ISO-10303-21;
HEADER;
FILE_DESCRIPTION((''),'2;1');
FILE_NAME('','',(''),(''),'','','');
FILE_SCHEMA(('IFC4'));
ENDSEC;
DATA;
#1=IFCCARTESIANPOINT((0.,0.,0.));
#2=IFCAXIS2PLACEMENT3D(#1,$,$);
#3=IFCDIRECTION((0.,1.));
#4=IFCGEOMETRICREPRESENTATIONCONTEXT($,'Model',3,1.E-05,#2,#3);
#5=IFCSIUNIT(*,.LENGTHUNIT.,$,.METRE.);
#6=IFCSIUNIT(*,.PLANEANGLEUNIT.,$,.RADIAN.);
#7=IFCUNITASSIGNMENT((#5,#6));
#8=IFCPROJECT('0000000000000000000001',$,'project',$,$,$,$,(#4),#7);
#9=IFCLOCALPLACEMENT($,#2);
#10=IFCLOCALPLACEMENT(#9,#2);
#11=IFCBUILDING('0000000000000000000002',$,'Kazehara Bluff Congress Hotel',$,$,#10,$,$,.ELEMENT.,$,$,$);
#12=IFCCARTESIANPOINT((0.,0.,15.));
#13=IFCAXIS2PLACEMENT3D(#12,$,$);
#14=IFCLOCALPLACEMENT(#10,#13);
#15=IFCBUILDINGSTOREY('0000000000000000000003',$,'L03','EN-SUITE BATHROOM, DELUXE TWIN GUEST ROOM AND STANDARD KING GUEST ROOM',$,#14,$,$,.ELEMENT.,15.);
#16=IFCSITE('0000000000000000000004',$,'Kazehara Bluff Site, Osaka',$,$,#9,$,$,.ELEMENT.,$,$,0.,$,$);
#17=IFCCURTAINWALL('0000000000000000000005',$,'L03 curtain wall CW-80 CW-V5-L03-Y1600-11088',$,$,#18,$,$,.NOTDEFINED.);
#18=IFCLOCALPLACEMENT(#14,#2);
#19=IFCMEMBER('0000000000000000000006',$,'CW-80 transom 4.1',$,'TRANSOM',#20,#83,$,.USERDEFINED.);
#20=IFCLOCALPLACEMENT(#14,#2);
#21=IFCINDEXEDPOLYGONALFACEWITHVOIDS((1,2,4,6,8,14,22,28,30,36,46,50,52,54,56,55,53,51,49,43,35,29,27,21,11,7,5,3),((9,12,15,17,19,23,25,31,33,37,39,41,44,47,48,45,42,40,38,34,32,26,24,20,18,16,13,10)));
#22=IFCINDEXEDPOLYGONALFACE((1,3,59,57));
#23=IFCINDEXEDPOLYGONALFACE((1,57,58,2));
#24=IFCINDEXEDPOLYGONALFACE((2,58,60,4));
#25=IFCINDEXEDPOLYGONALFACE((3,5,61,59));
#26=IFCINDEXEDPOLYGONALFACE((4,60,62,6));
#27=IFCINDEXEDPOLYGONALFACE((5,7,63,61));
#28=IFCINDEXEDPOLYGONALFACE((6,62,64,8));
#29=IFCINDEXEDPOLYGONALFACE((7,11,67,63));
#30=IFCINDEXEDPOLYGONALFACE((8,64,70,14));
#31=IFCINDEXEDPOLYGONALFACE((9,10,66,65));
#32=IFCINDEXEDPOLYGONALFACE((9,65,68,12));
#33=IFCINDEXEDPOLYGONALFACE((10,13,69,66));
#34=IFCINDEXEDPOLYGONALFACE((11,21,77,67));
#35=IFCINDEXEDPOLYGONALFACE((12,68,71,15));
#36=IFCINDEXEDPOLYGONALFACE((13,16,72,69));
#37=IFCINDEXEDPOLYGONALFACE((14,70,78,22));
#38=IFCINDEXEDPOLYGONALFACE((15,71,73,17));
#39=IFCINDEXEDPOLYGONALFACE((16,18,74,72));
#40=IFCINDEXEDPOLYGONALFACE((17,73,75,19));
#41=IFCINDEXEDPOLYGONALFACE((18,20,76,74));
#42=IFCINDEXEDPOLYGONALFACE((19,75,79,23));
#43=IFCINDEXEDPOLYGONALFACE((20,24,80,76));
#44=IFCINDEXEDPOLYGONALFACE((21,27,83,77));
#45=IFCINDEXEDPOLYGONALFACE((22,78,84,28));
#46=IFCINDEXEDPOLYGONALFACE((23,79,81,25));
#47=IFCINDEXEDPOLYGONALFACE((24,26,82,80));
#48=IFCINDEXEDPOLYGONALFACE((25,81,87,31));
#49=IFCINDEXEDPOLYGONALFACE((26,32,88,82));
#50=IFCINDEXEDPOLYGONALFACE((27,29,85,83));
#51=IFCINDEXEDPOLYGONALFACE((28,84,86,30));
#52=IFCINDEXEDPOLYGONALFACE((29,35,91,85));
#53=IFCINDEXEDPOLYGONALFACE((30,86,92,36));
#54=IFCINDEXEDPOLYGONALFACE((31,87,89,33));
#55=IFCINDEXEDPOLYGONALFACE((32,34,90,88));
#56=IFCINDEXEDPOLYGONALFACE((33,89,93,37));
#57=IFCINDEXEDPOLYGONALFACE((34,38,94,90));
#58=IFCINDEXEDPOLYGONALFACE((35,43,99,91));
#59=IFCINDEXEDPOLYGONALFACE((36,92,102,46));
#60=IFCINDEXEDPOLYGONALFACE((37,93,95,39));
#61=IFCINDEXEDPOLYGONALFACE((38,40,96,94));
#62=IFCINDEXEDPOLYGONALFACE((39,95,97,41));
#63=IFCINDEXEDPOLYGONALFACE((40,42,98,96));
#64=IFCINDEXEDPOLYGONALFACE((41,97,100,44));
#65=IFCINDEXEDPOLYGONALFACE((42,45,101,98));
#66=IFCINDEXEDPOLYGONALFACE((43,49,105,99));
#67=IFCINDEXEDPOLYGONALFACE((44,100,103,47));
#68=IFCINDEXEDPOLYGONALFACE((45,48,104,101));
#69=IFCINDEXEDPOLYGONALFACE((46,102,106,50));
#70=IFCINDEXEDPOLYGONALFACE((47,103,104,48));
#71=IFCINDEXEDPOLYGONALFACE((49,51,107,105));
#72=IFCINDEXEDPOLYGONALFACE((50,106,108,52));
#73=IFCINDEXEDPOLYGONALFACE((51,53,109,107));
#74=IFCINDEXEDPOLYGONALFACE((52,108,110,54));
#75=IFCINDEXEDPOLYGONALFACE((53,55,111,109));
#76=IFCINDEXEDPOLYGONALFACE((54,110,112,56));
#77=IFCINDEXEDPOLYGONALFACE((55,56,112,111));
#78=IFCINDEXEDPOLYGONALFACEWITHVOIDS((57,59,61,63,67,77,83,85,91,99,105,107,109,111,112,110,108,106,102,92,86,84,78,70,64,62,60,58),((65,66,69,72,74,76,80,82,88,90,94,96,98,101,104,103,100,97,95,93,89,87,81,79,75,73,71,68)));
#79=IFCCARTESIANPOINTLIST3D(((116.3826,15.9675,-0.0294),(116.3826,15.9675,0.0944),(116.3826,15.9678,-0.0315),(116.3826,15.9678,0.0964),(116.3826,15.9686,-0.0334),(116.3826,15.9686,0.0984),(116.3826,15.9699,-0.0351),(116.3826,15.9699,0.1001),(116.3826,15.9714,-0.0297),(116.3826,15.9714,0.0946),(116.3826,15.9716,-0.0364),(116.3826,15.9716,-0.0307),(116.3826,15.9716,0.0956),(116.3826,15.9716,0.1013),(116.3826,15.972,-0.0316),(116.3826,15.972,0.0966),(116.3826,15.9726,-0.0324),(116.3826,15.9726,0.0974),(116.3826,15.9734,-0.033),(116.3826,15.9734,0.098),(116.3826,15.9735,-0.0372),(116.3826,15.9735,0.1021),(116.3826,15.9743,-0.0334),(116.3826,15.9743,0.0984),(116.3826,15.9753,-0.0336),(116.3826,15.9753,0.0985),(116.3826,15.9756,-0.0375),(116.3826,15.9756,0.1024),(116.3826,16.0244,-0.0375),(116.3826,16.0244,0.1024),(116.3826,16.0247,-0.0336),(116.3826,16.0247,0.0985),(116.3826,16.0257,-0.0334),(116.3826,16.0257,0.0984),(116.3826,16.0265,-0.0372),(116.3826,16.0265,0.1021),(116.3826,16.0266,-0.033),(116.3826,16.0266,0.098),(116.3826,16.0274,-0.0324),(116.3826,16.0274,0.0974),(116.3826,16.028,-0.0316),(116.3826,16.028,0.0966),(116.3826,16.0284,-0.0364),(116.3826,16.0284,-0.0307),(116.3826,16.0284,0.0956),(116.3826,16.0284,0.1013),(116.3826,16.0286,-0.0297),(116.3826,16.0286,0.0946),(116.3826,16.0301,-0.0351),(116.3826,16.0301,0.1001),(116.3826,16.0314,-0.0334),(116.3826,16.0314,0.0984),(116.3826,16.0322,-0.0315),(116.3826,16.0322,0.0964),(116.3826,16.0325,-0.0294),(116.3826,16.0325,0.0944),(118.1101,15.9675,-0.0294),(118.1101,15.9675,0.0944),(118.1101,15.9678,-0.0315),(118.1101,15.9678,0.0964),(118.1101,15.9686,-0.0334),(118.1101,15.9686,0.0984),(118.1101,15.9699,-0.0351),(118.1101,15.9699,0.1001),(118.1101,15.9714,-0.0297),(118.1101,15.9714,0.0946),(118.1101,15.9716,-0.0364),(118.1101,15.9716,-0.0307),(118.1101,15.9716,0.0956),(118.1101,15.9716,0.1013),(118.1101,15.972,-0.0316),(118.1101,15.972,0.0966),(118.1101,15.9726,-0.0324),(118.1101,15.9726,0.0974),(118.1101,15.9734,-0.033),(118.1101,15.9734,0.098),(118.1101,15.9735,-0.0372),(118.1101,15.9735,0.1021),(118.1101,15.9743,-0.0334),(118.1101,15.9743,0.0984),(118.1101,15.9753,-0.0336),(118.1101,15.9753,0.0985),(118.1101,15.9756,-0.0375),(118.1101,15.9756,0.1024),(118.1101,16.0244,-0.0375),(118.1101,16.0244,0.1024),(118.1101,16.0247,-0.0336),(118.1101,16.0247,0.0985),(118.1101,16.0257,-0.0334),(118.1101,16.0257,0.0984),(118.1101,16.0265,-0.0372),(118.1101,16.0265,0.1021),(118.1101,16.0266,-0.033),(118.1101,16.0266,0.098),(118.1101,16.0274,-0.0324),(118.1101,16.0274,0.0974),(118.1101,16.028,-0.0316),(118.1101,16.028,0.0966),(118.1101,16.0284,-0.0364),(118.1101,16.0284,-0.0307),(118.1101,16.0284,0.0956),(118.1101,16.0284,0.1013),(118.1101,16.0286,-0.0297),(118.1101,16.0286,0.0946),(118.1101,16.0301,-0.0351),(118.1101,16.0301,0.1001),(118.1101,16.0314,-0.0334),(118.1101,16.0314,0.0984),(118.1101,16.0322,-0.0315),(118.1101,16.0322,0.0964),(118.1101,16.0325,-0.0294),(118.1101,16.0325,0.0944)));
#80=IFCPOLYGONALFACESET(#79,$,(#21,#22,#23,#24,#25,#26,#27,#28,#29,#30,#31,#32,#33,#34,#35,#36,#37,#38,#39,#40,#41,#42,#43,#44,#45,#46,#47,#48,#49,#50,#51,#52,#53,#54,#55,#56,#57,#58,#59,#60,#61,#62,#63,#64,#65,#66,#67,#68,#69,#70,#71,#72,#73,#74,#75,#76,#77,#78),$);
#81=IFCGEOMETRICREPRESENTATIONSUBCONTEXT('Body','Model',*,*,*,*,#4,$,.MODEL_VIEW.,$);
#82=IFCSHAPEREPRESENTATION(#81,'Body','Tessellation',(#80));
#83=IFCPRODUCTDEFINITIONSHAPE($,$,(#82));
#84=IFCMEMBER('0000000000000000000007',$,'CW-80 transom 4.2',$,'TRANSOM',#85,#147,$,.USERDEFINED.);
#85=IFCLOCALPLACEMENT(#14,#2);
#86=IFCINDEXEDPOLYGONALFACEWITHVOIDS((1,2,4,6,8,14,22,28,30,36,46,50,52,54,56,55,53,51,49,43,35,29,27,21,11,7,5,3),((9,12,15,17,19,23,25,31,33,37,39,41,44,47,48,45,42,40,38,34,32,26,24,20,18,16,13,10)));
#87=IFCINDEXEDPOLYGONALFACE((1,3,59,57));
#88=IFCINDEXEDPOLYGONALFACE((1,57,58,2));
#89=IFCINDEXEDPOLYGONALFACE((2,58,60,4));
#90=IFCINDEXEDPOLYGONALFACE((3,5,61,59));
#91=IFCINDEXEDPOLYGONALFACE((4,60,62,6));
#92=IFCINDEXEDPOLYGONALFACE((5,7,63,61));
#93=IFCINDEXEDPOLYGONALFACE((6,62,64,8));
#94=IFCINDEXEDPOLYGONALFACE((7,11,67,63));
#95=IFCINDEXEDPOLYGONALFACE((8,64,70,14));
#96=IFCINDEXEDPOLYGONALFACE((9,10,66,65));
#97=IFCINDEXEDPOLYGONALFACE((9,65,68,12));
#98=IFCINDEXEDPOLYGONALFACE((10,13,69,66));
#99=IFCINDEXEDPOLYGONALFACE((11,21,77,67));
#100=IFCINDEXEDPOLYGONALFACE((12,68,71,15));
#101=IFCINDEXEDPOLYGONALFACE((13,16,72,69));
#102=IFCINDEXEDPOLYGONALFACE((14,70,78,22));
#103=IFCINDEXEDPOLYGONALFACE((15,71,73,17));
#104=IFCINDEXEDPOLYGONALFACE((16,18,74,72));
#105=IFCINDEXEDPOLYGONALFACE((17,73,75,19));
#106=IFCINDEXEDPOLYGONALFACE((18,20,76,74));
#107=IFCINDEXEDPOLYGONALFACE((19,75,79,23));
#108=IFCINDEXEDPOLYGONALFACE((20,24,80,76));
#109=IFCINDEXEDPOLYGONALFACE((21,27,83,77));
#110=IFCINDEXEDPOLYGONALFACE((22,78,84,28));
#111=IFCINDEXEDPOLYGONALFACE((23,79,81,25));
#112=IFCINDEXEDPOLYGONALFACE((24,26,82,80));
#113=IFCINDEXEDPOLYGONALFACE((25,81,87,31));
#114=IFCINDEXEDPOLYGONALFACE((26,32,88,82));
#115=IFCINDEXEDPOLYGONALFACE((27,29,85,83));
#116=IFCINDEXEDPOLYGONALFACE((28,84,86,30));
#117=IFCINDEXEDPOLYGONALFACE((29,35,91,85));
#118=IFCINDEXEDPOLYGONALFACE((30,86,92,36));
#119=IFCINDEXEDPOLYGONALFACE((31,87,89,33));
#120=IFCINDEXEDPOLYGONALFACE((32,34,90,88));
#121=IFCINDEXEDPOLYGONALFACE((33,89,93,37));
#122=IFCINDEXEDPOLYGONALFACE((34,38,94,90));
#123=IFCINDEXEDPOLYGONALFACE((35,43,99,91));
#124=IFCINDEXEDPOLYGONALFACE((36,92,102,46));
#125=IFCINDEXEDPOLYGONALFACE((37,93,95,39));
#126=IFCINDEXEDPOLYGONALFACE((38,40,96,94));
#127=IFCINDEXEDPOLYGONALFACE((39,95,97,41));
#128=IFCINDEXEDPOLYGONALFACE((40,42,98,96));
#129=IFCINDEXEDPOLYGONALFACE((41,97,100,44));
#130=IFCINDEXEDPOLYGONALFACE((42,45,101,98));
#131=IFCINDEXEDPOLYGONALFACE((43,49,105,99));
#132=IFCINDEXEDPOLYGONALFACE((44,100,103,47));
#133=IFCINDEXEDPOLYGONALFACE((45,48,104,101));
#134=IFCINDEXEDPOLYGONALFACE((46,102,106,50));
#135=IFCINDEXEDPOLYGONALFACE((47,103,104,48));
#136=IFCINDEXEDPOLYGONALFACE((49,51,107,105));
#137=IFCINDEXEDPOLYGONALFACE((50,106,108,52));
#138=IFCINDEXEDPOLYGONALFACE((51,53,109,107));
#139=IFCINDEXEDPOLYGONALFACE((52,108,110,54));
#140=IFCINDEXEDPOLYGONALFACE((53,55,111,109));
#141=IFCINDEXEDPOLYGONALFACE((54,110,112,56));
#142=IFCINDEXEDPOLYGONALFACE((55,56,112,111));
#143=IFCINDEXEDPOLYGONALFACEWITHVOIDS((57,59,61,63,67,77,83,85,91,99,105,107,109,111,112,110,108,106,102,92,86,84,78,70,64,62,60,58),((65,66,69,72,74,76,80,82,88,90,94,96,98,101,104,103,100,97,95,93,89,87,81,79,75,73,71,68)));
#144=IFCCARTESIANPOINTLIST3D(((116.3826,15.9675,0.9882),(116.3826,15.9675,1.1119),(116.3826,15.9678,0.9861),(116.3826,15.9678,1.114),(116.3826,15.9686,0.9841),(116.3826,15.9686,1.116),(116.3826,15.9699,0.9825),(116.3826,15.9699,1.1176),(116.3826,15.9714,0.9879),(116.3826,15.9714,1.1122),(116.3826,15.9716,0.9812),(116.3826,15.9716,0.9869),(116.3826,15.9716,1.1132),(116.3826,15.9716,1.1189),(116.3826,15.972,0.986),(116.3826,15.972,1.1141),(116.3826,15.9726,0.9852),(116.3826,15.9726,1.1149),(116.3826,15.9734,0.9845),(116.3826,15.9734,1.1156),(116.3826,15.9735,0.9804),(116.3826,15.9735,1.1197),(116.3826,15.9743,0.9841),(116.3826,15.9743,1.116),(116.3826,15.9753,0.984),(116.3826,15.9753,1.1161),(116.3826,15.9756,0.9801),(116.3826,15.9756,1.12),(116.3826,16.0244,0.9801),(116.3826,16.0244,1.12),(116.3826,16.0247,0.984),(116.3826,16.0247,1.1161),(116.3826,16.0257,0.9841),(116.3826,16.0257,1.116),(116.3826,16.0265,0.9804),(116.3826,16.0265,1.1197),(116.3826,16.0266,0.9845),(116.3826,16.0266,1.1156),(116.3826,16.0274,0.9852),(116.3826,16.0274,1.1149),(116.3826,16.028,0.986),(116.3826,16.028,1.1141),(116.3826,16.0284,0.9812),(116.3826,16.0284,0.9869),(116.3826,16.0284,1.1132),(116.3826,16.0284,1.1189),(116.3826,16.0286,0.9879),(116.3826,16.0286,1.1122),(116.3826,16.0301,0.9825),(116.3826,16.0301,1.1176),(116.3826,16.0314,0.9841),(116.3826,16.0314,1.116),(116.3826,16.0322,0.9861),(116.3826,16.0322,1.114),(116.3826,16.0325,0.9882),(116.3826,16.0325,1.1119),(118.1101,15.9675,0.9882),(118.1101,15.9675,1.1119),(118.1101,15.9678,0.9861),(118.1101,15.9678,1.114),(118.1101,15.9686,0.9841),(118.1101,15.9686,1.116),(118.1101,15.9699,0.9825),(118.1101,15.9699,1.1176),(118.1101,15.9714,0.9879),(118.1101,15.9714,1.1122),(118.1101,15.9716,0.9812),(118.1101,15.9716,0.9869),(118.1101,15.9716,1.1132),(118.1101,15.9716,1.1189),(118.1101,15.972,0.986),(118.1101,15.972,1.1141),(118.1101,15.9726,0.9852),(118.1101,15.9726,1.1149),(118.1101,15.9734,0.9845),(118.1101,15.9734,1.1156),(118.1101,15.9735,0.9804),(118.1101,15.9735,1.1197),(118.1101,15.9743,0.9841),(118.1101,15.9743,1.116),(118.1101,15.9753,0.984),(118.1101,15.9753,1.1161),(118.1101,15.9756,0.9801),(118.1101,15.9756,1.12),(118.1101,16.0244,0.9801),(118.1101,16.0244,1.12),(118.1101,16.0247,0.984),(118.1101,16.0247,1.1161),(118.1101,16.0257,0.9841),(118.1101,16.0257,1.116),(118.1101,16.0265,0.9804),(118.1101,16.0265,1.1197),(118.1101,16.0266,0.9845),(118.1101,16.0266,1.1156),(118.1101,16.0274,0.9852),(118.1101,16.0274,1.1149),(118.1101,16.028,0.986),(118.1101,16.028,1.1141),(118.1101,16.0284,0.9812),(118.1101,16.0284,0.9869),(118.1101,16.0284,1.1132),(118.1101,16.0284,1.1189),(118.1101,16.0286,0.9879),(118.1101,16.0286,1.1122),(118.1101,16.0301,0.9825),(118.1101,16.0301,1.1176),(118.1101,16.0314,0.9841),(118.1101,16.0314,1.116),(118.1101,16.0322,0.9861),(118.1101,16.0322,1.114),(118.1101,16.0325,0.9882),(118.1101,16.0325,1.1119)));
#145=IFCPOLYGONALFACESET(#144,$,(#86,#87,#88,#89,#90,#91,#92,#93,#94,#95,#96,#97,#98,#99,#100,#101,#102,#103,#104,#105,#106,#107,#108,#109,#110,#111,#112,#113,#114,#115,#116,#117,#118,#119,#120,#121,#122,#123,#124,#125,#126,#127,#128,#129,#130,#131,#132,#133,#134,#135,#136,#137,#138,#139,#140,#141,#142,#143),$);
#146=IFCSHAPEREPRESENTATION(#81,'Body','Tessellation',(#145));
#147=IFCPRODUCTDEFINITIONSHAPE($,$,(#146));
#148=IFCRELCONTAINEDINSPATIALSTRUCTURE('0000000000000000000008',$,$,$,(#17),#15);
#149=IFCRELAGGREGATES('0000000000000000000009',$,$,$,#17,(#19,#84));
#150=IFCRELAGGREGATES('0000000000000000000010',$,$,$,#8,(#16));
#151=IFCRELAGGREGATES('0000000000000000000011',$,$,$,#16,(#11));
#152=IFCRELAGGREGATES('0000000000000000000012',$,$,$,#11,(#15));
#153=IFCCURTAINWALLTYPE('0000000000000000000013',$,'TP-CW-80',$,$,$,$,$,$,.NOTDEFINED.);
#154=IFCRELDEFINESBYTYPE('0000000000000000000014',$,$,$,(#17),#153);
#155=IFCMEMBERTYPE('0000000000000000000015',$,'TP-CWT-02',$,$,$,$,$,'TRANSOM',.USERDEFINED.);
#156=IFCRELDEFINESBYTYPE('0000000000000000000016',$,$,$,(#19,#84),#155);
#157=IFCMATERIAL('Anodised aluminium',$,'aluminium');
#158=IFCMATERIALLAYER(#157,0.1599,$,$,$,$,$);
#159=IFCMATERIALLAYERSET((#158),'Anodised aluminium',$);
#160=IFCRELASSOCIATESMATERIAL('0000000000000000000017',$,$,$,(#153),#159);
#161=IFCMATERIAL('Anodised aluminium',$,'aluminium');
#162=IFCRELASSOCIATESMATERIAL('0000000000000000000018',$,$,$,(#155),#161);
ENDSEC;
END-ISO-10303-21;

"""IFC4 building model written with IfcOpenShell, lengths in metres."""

from ifc_helpers import new_model, si_unit, direction, frame, origin, origin_2d, place, context, subcontext, project, spatial, hollow_rectangle, extrude, material, layer, layer_set, material_profile, profile_set, type_object, element, aggregate, save


model = new_model("IFC4")

# Units and contexts
model_context = context("Model", 3, precision=1e-05, world=origin(), true_north=direction((0.0, 1.0)))
body_context = subcontext(model_context, "Body", "Model", "MODEL_VIEW")
ifc_project = project(units=[si_unit("LENGTHUNIT", "METRE"), si_unit("PLANEANGLEUNIT", "RADIAN")], contexts=[model_context])

# Site, building, storey
site_placement = place(None, origin())
site = spatial("IfcSite", under=ifc_project, at=site_placement, Name="Kazehara Bluff Site, Osaka", CompositionType="ELEMENT", RefElevation=0.0)
building_placement = place(site_placement, origin())
building = spatial("IfcBuilding", under=site, at=building_placement, Name="Kazehara Bluff Congress Hotel", CompositionType="ELEMENT")
storey_placement = place(building_placement, frame((0.0, 0.0, 15.0)))
storey = spatial("IfcBuildingStorey", under=building, at=storey_placement, Name="L03", Description="EN-SUITE BATHROOM, DELUXE TWIN GUEST ROOM AND STANDARD KING GUEST ROOM", CompositionType="ELEMENT", Elevation=15.0)

# Curtain wall
ifc_material_1 = material(Name="Anodised aluminium", Category="aluminium")
ifc_layer_1 = layer(ifc_material_1, 0.1599)
ifc_layer_set_1 = layer_set([ifc_layer_1], Name="Anodised aluminium")
curtain_wall_type_1 = type_object("IfcCurtainWallType", Name="TP-CW-80", PredefinedType="NOTDEFINED", material=ifc_layer_set_1)
curtain_wall_1_placement = place(storey_placement, origin())
curtain_wall_1 = element("IfcCurtainWall", 1, at=curtain_wall_1_placement, inside=storey, type_object=curtain_wall_type_1, Name="L03 curtain wall CW-80 CW-V5-L03-Y1600-11088", PredefinedType="NOTDEFINED")

# Members
ifc_material_2 = material(Name="Anodised aluminium", Category="aluminium")
ifc_material_profile_1 = material_profile(ifc_material_2, hollow_rectangle(XDim=0.0649, YDim=0.1399, WallThickness=0.0039, InnerFilletRadius=0.0039, OuterFilletRadius=0.0081, at=origin_2d()))
ifc_profile_set_1 = profile_set([ifc_material_profile_1], Name="Anodised aluminium")
member_type_1 = type_object("IfcMemberType", Name="TP-CWT-02", ElementType="TRANSOM", PredefinedType="USERDEFINED", material=ifc_profile_set_1)
member_1_placement = place(storey_placement, frame((116.3826, 16.0, 0.0325), z_axis=(1.0, 0.0, 0.0), x_axis=(0.0, 1.0, 0.0)))
member_1 = element("IfcMember", 2, at=member_1_placement, type_object=member_type_1, Name="CW-80 transom 4.1", ObjectType="TRANSOM", PredefinedType="USERDEFINED", context=body_context, shape_type="SweptSolid", body=[
    extrude(hollow_rectangle(XDim=0.0649, YDim=0.1399, WallThickness=0.0039, InnerFilletRadius=0.0039, OuterFilletRadius=0.0081, at=origin_2d()), origin(), (0.0, 0.0, 1.0), 1.7275),
])
member_2_placement = place(storey_placement, frame((116.3826, 16.0, 1.05), z_axis=(1.0, 0.0, 0.0), x_axis=(0.0, 1.0, 0.0)))
member_2 = element("IfcMember", 3, at=member_2_placement, type_object=member_type_1, Name="CW-80 transom 4.2", ObjectType="TRANSOM", PredefinedType="USERDEFINED", context=body_context, shape_type="SweptSolid", body=[
    extrude(hollow_rectangle(XDim=0.0649, YDim=0.1399, WallThickness=0.0039, InnerFilletRadius=0.0039, OuterFilletRadius=0.0081, at=origin_2d()), origin(), (0.0, 0.0, 1.0), 1.7275),
])

aggregate(curtain_wall_1, [member_1, member_2])

save(model, "model.ifc")
